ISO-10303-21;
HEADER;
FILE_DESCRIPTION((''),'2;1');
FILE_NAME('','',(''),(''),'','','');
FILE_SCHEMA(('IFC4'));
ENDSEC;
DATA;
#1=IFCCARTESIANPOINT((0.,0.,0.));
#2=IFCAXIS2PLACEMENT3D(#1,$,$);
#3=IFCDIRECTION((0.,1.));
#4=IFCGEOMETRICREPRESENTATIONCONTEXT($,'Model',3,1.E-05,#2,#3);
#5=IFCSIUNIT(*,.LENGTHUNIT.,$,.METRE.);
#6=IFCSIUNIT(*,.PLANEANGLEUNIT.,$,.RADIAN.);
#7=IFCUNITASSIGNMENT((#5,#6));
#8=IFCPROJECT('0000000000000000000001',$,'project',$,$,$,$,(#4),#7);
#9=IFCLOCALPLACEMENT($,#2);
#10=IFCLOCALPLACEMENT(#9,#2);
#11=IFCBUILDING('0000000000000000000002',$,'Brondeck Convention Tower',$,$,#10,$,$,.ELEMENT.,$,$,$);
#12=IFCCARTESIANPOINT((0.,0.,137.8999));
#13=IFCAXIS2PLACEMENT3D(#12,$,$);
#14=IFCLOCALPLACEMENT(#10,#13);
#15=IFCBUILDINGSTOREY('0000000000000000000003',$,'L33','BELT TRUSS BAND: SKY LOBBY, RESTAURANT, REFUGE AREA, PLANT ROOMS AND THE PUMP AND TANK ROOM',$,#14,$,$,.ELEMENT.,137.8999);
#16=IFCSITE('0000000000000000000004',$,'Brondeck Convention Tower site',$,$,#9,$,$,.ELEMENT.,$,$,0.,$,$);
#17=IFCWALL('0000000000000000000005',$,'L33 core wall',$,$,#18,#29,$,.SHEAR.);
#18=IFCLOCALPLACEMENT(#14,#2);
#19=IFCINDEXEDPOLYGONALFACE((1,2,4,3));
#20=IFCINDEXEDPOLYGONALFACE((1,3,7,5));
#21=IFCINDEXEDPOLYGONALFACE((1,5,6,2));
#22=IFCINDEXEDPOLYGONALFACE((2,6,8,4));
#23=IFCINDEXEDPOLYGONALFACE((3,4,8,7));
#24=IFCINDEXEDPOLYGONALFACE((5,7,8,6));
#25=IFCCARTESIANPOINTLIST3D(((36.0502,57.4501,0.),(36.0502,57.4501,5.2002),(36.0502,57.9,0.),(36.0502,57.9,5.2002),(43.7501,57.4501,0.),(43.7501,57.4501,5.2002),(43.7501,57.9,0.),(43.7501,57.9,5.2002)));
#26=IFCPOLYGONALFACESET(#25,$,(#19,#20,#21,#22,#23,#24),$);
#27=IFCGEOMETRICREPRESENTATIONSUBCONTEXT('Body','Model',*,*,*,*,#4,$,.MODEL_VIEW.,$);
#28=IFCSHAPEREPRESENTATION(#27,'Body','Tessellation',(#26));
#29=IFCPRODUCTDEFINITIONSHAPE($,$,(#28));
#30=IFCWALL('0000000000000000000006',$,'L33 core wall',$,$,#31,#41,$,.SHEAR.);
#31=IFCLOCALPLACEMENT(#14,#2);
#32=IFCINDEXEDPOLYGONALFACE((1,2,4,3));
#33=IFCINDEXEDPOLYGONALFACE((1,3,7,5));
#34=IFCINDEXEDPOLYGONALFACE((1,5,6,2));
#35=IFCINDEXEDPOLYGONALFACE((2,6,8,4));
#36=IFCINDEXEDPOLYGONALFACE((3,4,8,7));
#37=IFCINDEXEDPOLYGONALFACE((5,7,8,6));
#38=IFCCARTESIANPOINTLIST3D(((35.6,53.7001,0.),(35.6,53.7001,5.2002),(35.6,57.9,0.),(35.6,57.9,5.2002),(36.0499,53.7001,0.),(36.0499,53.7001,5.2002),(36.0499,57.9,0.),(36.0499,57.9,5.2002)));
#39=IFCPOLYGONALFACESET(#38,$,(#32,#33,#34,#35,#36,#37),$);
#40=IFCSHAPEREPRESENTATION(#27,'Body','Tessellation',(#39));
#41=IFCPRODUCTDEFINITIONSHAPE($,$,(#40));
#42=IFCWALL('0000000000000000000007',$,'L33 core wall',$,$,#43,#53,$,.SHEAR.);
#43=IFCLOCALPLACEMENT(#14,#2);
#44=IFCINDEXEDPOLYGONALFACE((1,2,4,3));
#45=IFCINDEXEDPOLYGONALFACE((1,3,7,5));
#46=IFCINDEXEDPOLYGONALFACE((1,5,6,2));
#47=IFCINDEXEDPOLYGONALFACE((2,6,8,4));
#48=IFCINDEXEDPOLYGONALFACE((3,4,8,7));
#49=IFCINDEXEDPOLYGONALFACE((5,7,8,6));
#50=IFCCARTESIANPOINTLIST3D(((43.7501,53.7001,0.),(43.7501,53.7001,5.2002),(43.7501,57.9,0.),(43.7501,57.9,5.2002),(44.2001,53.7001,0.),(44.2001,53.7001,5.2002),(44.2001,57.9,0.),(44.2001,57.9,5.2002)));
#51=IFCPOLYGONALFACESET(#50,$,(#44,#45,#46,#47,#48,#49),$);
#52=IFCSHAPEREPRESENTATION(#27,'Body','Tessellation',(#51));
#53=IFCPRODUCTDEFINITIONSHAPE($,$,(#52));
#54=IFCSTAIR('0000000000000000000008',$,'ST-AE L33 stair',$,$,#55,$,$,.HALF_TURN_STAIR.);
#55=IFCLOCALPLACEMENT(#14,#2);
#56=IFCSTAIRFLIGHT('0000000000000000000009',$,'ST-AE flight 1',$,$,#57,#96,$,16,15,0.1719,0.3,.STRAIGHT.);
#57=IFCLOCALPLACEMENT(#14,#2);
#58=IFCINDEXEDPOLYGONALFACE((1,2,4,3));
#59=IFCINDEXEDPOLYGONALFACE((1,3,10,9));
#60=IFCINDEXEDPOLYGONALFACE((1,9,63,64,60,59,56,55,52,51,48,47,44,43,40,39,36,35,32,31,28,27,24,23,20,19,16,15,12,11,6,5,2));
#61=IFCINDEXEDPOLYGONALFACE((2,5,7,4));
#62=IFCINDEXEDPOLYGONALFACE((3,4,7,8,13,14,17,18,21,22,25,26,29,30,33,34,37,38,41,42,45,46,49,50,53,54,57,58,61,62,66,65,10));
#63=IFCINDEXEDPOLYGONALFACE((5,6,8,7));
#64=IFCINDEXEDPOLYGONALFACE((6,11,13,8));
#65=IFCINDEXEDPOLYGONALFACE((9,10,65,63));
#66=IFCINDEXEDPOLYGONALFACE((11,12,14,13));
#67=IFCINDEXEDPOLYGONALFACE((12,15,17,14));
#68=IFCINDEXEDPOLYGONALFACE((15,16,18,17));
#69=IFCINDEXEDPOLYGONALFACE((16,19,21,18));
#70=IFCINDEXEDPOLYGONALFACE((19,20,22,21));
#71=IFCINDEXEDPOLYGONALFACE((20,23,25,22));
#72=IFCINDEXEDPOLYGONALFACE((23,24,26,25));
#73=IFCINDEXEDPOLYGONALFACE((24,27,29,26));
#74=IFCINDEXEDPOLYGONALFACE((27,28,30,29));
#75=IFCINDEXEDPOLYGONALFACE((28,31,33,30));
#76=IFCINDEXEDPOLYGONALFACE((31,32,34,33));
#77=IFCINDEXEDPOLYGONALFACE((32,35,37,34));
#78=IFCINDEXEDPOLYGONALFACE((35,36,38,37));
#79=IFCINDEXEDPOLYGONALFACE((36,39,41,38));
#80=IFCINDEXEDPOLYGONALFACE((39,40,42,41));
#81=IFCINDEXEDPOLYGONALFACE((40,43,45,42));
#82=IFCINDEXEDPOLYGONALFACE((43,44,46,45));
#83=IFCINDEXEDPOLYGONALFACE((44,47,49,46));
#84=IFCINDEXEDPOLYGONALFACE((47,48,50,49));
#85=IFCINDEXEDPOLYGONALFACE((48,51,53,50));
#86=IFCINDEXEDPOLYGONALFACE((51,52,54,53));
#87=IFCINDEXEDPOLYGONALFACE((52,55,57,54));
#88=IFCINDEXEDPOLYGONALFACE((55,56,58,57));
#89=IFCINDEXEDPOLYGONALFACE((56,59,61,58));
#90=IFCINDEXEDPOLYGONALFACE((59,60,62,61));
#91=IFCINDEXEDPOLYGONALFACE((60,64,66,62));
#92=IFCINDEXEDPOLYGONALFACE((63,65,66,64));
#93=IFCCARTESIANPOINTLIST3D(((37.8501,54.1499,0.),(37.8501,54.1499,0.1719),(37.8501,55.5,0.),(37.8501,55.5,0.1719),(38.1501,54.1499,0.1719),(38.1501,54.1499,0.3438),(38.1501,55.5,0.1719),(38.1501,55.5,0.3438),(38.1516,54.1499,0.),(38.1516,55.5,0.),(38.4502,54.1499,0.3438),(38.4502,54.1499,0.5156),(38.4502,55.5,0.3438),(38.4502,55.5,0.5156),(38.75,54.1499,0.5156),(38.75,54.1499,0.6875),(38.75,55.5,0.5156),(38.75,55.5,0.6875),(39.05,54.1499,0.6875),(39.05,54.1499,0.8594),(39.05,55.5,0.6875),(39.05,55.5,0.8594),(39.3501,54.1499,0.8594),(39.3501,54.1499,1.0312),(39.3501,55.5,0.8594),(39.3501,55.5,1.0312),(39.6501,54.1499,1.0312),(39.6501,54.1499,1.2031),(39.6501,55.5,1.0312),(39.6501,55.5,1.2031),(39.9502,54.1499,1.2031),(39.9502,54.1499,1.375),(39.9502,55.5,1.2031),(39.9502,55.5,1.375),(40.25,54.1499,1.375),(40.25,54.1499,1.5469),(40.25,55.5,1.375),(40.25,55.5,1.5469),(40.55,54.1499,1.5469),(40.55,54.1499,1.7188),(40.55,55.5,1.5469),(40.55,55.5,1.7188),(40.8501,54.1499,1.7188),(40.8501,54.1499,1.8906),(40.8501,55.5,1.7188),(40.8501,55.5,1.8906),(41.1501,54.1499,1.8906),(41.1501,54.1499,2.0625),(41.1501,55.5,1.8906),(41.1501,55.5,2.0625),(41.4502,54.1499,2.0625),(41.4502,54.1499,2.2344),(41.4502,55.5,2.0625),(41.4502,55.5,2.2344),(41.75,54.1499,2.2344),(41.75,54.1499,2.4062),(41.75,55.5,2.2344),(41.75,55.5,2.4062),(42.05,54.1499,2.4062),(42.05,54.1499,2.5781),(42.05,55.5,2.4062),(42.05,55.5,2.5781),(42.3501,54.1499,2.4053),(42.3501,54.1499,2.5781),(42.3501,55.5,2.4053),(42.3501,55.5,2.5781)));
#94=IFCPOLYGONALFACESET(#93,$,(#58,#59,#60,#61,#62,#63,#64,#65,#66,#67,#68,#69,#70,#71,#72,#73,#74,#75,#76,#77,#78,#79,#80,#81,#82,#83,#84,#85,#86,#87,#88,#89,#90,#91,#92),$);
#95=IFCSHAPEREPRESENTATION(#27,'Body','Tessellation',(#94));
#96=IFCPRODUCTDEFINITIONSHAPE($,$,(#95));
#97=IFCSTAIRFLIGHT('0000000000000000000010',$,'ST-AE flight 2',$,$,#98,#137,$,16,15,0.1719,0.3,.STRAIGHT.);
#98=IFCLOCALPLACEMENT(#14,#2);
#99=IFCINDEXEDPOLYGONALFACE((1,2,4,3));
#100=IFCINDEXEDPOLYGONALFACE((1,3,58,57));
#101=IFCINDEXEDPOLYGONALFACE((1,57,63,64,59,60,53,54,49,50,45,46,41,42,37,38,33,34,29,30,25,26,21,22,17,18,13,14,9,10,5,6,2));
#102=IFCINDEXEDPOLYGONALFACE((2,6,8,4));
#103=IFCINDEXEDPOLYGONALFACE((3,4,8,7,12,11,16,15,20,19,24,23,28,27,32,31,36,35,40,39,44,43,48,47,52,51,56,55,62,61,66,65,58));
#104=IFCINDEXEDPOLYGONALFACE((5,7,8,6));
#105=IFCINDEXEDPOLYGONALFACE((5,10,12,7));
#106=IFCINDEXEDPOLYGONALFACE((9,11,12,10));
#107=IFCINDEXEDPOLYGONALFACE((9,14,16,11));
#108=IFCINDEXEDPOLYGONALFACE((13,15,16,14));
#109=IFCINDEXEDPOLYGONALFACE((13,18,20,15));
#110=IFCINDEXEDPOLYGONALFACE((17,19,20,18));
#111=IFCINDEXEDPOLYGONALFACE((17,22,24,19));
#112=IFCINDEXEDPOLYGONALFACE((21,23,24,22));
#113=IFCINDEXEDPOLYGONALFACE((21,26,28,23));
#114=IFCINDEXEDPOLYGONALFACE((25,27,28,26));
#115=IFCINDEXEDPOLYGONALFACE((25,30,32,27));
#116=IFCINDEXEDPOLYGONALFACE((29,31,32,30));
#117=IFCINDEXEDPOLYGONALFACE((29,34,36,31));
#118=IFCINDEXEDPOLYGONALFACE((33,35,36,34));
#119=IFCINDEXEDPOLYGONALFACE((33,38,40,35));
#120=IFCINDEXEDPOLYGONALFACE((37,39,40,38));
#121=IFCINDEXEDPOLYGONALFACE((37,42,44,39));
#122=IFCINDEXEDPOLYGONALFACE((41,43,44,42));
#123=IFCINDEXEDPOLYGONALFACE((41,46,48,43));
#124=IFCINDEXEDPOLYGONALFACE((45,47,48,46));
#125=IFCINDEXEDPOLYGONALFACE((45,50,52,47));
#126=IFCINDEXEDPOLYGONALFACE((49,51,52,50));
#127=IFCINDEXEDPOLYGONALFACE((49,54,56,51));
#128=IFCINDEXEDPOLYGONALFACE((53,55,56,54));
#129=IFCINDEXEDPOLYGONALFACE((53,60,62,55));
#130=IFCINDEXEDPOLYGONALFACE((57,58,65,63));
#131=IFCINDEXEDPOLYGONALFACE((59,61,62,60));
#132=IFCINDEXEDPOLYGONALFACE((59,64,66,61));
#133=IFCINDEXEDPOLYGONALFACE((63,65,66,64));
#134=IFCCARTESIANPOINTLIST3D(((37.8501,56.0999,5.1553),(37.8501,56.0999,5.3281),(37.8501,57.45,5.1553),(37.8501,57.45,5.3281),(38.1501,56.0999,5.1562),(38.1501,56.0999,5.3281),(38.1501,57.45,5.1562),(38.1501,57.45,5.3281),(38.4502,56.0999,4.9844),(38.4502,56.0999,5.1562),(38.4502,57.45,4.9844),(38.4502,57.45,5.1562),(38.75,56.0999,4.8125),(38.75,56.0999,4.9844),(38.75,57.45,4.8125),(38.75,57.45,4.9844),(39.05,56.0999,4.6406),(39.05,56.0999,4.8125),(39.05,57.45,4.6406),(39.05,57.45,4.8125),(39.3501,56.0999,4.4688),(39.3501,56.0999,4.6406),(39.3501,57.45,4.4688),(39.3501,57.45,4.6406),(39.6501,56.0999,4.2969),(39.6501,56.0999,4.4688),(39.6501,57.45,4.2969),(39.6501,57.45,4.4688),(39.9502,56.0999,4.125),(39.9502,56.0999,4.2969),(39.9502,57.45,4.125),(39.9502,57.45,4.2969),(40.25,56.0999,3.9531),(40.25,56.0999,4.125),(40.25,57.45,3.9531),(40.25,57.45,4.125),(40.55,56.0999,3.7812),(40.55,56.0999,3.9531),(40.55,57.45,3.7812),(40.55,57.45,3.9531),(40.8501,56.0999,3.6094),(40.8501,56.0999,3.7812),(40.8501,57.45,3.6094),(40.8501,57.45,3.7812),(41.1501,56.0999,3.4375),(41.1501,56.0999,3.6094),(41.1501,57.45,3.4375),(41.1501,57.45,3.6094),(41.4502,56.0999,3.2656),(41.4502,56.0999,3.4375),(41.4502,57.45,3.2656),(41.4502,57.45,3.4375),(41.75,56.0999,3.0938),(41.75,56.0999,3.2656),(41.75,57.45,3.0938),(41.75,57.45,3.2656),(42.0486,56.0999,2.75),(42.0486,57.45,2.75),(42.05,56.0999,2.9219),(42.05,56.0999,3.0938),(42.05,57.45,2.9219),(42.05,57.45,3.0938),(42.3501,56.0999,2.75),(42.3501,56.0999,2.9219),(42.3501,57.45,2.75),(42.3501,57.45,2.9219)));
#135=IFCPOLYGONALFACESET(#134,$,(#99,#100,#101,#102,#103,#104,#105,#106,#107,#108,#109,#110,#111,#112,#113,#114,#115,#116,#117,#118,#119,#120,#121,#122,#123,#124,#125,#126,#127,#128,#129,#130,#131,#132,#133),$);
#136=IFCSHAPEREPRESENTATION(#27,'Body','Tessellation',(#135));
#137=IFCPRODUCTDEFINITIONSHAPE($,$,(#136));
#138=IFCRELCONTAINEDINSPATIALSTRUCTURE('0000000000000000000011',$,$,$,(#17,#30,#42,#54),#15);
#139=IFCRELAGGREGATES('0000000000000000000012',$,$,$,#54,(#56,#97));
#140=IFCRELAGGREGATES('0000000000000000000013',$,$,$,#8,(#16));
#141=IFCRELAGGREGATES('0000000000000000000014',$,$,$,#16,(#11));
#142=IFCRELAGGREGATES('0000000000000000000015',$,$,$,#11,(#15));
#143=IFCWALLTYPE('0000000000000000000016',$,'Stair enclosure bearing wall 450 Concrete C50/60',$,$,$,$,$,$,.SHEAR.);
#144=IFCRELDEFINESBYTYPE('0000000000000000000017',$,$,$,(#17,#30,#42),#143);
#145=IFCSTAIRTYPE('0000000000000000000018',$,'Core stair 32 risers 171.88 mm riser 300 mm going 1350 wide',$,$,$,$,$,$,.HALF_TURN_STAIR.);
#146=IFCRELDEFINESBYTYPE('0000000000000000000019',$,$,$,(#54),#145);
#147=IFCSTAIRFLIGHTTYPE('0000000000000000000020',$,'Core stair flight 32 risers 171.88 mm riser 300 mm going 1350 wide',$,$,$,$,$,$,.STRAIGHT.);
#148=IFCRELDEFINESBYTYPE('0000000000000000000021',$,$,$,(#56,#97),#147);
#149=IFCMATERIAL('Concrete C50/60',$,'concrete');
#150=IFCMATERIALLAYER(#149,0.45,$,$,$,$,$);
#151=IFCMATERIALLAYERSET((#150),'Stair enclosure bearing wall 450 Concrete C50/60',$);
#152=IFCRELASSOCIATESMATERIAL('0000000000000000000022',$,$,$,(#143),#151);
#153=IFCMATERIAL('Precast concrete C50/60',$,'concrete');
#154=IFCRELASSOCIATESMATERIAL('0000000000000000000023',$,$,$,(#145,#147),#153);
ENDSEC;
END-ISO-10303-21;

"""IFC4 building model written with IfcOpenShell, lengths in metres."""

from ifc_helpers import new_model, si_unit, direction, frame, frame_2d, origin, place, context, subcontext, project, spatial, polyline, rectangle, outline, extrude, material, layer, layer_set, type_object, element, aggregate, save


model = new_model("IFC4")

# Units and contexts
model_context = context("Model", 3, precision=1e-05, world=origin(), true_north=direction((0.0, 1.0)))
body_context = subcontext(model_context, "Body", "Model", "MODEL_VIEW")
ifc_project = project(units=[si_unit("LENGTHUNIT", "METRE"), si_unit("PLANEANGLEUNIT", "RADIAN")], contexts=[model_context])

# Site, building, storey
site_placement = place(None, origin())
site = spatial("IfcSite", under=ifc_project, at=site_placement, Name="Brondeck Convention Tower site", CompositionType="ELEMENT", RefElevation=0.0)
building_placement = place(site_placement, origin())
building = spatial("IfcBuilding", under=site, at=building_placement, Name="Brondeck Convention Tower", CompositionType="ELEMENT")
storey_placement = place(building_placement, frame((0.0, 0.0, 137.8999)))
storey = spatial("IfcBuildingStorey", under=building, at=storey_placement, Name="L33", Description="BELT TRUSS BAND: SKY LOBBY, RESTAURANT, REFUGE AREA, PLANT ROOMS AND THE PUMP AND TANK ROOM", CompositionType="ELEMENT", Elevation=137.8999)

# Shared definitions
ifc_material_1 = material(Name="Concrete C50/60", Category="concrete")
ifc_layer_1 = layer(ifc_material_1, 0.45)
ifc_layer_set_1 = layer_set([ifc_layer_1], Name="Stair enclosure bearing wall 450 Concrete C50/60")
wall_type_1 = type_object("IfcWallType", Name="Stair enclosure bearing wall 450 Concrete C50/60", PredefinedType="SHEAR", material=ifc_layer_set_1)

# Walls
wall_1_placement = place(storey_placement, frame((36.05, 57.675, 0.0), z_axis=(0.0, 0.0, 1.0), x_axis=(1.0, 0.0, 0.0)))
element("IfcWall", 1, at=wall_1_placement, inside=storey, type_object=wall_type_1, Name="L33 core wall", PredefinedType="SHEAR", context=body_context, shape_type="SweptSolid", body=[
    extrude(rectangle(XDim=7.7, YDim=0.45, at=frame_2d((3.8501, 0.0))), origin(), (0.0, 0.0, 1.0), 5.2002),
])
for number, where, z_axis, x_axis, name in (
    (2, (35.825, 53.7, 0.0), (0.0, 0.0, 1.0), (0.0, 1.0, 0.0), "L33 core wall"),
    (3, (43.9751, 53.7, 0.0), (0.0, 0.0, 1.0), (0.0, 1.0, 0.0), "L33 core wall"),
):
    element("IfcWall", number, at=place(storey_placement, frame(where, z_axis=z_axis, x_axis=x_axis)), inside=storey, type_object=wall_type_1, Name=name, PredefinedType="SHEAR", context=body_context, shape_type="SweptSolid", body=[
        extrude(rectangle(XDim=4.2, YDim=0.45, at=frame_2d((2.1001, 0.0))), origin(), (0.0, 0.0, 1.0), 5.2002),
    ])

# Stair, stair flights
ifc_material_2 = material(Name="Precast concrete C50/60", Category="concrete")
stair_type = type_object("IfcStairType", Name="Core stair 32 risers 171.88 mm riser 300 mm going 1350 wide", PredefinedType="HALF_TURN_STAIR", material=ifc_material_2)
stair_placement = place(storey_placement, origin())
stair = element("IfcStair", 4, at=stair_placement, inside=storey, type_object=stair_type, Name="ST-AE L33 stair", PredefinedType="HALF_TURN_STAIR")
stair_flight_type = type_object("IfcStairFlightType", Name="Core stair flight 32 risers 171.88 mm riser 300 mm going 1350 wide", PredefinedType="STRAIGHT", material=ifc_material_2)
stair_flight_1_placement = place(storey_placement, frame((37.8501, 54.825, 0.0), z_axis=(0.0, 0.0, 1.0), x_axis=(1.0, 0.0, 0.0)))
stair_flight_1 = element("IfcStairFlight", 5, at=stair_flight_1_placement, type_object=stair_flight_type, Name="ST-AE flight 1", NumberOfRisers=16, NumberOfTreads=15, PredefinedType="STRAIGHT", RiserHeight=0.1719, TreadLength=0.3, context=body_context, shape_type="SweptSolid", body=[
    extrude(outline(polyline([(0.0, 0.0), (0.0, 0.1719), (0.3, 0.1719), (0.3, 0.3438), (0.6001, 0.3438), (0.6001, 0.5156), (0.8999, 0.5156), (0.8999, 0.6875), (1.2, 0.6875), (1.2, 0.8594), (1.5, 0.8594), (1.5, 1.0312), (1.8, 1.0312), (1.8, 1.2031), (2.1001, 1.2031), (2.1001, 1.375), (2.3999, 1.375), (2.3999, 1.5469), (2.7, 1.5469), (2.7, 1.7188), (3.0, 1.7188), (3.0, 1.8906), (3.3, 1.8906), (3.3, 2.0625), (3.6001, 2.0625), (3.6001, 2.2344), (3.8999, 2.2344), (3.8999, 2.4062), (4.2, 2.4062), (4.2, 2.5781), (4.5, 2.5781), (4.5, 2.75), (4.5, 2.4053), (0.3015, 0.0), (0.0, 0.0)])), frame((0.0, 0.675, 0.0), z_axis=(0.0, -1.0, 0.0), x_axis=(1.0, 0.0, 0.0)), (0.0, 0.0, 1.0), 1.3501),
])
stair_flight_2_placement = place(storey_placement, frame((42.3501, 56.7749, 2.75), z_axis=(0.0, 0.0, 1.0), x_axis=(-1.0, 0.0, 0.0)))
stair_flight_2 = element("IfcStairFlight", 6, at=stair_flight_2_placement, type_object=stair_flight_type, Name="ST-AE flight 2", NumberOfRisers=16, NumberOfTreads=15, PredefinedType="STRAIGHT", RiserHeight=0.1719, TreadLength=0.3, context=body_context, shape_type="SweptSolid", body=[
    extrude(outline(polyline([(0.0, 0.0), (0.0, 0.1719), (0.3, 0.1719), (0.3, 0.3438), (0.6001, 0.3438), (0.6001, 0.5156), (0.8999, 0.5156), (0.8999, 0.6875), (1.2, 0.6875), (1.2, 0.8594), (1.5, 0.8594), (1.5, 1.0312), (1.8, 1.0312), (1.8, 1.2031), (2.1001, 1.2031), (2.1001, 1.375), (2.3999, 1.375), (2.3999, 1.5469), (2.7, 1.5469), (2.7, 1.7188), (3.0, 1.7188), (3.0, 1.8906), (3.3, 1.8906), (3.3, 2.0625), (3.6001, 2.0625), (3.6001, 2.2344), (3.8999, 2.2344), (3.8999, 2.4062), (4.2, 2.4062), (4.2, 2.5781), (4.5, 2.5781), (4.5, 2.75), (4.5, 2.4053), (0.3015, 0.0), (0.0, 0.0)])), frame((0.0, 0.675, 0.0), z_axis=(0.0, -1.0, 0.0), x_axis=(1.0, 0.0, 0.0)), (0.0, 0.0, 1.0), 1.3501),
])
aggregate(stair, [stair_flight_1, stair_flight_2])

save(model, "model.ifc")
